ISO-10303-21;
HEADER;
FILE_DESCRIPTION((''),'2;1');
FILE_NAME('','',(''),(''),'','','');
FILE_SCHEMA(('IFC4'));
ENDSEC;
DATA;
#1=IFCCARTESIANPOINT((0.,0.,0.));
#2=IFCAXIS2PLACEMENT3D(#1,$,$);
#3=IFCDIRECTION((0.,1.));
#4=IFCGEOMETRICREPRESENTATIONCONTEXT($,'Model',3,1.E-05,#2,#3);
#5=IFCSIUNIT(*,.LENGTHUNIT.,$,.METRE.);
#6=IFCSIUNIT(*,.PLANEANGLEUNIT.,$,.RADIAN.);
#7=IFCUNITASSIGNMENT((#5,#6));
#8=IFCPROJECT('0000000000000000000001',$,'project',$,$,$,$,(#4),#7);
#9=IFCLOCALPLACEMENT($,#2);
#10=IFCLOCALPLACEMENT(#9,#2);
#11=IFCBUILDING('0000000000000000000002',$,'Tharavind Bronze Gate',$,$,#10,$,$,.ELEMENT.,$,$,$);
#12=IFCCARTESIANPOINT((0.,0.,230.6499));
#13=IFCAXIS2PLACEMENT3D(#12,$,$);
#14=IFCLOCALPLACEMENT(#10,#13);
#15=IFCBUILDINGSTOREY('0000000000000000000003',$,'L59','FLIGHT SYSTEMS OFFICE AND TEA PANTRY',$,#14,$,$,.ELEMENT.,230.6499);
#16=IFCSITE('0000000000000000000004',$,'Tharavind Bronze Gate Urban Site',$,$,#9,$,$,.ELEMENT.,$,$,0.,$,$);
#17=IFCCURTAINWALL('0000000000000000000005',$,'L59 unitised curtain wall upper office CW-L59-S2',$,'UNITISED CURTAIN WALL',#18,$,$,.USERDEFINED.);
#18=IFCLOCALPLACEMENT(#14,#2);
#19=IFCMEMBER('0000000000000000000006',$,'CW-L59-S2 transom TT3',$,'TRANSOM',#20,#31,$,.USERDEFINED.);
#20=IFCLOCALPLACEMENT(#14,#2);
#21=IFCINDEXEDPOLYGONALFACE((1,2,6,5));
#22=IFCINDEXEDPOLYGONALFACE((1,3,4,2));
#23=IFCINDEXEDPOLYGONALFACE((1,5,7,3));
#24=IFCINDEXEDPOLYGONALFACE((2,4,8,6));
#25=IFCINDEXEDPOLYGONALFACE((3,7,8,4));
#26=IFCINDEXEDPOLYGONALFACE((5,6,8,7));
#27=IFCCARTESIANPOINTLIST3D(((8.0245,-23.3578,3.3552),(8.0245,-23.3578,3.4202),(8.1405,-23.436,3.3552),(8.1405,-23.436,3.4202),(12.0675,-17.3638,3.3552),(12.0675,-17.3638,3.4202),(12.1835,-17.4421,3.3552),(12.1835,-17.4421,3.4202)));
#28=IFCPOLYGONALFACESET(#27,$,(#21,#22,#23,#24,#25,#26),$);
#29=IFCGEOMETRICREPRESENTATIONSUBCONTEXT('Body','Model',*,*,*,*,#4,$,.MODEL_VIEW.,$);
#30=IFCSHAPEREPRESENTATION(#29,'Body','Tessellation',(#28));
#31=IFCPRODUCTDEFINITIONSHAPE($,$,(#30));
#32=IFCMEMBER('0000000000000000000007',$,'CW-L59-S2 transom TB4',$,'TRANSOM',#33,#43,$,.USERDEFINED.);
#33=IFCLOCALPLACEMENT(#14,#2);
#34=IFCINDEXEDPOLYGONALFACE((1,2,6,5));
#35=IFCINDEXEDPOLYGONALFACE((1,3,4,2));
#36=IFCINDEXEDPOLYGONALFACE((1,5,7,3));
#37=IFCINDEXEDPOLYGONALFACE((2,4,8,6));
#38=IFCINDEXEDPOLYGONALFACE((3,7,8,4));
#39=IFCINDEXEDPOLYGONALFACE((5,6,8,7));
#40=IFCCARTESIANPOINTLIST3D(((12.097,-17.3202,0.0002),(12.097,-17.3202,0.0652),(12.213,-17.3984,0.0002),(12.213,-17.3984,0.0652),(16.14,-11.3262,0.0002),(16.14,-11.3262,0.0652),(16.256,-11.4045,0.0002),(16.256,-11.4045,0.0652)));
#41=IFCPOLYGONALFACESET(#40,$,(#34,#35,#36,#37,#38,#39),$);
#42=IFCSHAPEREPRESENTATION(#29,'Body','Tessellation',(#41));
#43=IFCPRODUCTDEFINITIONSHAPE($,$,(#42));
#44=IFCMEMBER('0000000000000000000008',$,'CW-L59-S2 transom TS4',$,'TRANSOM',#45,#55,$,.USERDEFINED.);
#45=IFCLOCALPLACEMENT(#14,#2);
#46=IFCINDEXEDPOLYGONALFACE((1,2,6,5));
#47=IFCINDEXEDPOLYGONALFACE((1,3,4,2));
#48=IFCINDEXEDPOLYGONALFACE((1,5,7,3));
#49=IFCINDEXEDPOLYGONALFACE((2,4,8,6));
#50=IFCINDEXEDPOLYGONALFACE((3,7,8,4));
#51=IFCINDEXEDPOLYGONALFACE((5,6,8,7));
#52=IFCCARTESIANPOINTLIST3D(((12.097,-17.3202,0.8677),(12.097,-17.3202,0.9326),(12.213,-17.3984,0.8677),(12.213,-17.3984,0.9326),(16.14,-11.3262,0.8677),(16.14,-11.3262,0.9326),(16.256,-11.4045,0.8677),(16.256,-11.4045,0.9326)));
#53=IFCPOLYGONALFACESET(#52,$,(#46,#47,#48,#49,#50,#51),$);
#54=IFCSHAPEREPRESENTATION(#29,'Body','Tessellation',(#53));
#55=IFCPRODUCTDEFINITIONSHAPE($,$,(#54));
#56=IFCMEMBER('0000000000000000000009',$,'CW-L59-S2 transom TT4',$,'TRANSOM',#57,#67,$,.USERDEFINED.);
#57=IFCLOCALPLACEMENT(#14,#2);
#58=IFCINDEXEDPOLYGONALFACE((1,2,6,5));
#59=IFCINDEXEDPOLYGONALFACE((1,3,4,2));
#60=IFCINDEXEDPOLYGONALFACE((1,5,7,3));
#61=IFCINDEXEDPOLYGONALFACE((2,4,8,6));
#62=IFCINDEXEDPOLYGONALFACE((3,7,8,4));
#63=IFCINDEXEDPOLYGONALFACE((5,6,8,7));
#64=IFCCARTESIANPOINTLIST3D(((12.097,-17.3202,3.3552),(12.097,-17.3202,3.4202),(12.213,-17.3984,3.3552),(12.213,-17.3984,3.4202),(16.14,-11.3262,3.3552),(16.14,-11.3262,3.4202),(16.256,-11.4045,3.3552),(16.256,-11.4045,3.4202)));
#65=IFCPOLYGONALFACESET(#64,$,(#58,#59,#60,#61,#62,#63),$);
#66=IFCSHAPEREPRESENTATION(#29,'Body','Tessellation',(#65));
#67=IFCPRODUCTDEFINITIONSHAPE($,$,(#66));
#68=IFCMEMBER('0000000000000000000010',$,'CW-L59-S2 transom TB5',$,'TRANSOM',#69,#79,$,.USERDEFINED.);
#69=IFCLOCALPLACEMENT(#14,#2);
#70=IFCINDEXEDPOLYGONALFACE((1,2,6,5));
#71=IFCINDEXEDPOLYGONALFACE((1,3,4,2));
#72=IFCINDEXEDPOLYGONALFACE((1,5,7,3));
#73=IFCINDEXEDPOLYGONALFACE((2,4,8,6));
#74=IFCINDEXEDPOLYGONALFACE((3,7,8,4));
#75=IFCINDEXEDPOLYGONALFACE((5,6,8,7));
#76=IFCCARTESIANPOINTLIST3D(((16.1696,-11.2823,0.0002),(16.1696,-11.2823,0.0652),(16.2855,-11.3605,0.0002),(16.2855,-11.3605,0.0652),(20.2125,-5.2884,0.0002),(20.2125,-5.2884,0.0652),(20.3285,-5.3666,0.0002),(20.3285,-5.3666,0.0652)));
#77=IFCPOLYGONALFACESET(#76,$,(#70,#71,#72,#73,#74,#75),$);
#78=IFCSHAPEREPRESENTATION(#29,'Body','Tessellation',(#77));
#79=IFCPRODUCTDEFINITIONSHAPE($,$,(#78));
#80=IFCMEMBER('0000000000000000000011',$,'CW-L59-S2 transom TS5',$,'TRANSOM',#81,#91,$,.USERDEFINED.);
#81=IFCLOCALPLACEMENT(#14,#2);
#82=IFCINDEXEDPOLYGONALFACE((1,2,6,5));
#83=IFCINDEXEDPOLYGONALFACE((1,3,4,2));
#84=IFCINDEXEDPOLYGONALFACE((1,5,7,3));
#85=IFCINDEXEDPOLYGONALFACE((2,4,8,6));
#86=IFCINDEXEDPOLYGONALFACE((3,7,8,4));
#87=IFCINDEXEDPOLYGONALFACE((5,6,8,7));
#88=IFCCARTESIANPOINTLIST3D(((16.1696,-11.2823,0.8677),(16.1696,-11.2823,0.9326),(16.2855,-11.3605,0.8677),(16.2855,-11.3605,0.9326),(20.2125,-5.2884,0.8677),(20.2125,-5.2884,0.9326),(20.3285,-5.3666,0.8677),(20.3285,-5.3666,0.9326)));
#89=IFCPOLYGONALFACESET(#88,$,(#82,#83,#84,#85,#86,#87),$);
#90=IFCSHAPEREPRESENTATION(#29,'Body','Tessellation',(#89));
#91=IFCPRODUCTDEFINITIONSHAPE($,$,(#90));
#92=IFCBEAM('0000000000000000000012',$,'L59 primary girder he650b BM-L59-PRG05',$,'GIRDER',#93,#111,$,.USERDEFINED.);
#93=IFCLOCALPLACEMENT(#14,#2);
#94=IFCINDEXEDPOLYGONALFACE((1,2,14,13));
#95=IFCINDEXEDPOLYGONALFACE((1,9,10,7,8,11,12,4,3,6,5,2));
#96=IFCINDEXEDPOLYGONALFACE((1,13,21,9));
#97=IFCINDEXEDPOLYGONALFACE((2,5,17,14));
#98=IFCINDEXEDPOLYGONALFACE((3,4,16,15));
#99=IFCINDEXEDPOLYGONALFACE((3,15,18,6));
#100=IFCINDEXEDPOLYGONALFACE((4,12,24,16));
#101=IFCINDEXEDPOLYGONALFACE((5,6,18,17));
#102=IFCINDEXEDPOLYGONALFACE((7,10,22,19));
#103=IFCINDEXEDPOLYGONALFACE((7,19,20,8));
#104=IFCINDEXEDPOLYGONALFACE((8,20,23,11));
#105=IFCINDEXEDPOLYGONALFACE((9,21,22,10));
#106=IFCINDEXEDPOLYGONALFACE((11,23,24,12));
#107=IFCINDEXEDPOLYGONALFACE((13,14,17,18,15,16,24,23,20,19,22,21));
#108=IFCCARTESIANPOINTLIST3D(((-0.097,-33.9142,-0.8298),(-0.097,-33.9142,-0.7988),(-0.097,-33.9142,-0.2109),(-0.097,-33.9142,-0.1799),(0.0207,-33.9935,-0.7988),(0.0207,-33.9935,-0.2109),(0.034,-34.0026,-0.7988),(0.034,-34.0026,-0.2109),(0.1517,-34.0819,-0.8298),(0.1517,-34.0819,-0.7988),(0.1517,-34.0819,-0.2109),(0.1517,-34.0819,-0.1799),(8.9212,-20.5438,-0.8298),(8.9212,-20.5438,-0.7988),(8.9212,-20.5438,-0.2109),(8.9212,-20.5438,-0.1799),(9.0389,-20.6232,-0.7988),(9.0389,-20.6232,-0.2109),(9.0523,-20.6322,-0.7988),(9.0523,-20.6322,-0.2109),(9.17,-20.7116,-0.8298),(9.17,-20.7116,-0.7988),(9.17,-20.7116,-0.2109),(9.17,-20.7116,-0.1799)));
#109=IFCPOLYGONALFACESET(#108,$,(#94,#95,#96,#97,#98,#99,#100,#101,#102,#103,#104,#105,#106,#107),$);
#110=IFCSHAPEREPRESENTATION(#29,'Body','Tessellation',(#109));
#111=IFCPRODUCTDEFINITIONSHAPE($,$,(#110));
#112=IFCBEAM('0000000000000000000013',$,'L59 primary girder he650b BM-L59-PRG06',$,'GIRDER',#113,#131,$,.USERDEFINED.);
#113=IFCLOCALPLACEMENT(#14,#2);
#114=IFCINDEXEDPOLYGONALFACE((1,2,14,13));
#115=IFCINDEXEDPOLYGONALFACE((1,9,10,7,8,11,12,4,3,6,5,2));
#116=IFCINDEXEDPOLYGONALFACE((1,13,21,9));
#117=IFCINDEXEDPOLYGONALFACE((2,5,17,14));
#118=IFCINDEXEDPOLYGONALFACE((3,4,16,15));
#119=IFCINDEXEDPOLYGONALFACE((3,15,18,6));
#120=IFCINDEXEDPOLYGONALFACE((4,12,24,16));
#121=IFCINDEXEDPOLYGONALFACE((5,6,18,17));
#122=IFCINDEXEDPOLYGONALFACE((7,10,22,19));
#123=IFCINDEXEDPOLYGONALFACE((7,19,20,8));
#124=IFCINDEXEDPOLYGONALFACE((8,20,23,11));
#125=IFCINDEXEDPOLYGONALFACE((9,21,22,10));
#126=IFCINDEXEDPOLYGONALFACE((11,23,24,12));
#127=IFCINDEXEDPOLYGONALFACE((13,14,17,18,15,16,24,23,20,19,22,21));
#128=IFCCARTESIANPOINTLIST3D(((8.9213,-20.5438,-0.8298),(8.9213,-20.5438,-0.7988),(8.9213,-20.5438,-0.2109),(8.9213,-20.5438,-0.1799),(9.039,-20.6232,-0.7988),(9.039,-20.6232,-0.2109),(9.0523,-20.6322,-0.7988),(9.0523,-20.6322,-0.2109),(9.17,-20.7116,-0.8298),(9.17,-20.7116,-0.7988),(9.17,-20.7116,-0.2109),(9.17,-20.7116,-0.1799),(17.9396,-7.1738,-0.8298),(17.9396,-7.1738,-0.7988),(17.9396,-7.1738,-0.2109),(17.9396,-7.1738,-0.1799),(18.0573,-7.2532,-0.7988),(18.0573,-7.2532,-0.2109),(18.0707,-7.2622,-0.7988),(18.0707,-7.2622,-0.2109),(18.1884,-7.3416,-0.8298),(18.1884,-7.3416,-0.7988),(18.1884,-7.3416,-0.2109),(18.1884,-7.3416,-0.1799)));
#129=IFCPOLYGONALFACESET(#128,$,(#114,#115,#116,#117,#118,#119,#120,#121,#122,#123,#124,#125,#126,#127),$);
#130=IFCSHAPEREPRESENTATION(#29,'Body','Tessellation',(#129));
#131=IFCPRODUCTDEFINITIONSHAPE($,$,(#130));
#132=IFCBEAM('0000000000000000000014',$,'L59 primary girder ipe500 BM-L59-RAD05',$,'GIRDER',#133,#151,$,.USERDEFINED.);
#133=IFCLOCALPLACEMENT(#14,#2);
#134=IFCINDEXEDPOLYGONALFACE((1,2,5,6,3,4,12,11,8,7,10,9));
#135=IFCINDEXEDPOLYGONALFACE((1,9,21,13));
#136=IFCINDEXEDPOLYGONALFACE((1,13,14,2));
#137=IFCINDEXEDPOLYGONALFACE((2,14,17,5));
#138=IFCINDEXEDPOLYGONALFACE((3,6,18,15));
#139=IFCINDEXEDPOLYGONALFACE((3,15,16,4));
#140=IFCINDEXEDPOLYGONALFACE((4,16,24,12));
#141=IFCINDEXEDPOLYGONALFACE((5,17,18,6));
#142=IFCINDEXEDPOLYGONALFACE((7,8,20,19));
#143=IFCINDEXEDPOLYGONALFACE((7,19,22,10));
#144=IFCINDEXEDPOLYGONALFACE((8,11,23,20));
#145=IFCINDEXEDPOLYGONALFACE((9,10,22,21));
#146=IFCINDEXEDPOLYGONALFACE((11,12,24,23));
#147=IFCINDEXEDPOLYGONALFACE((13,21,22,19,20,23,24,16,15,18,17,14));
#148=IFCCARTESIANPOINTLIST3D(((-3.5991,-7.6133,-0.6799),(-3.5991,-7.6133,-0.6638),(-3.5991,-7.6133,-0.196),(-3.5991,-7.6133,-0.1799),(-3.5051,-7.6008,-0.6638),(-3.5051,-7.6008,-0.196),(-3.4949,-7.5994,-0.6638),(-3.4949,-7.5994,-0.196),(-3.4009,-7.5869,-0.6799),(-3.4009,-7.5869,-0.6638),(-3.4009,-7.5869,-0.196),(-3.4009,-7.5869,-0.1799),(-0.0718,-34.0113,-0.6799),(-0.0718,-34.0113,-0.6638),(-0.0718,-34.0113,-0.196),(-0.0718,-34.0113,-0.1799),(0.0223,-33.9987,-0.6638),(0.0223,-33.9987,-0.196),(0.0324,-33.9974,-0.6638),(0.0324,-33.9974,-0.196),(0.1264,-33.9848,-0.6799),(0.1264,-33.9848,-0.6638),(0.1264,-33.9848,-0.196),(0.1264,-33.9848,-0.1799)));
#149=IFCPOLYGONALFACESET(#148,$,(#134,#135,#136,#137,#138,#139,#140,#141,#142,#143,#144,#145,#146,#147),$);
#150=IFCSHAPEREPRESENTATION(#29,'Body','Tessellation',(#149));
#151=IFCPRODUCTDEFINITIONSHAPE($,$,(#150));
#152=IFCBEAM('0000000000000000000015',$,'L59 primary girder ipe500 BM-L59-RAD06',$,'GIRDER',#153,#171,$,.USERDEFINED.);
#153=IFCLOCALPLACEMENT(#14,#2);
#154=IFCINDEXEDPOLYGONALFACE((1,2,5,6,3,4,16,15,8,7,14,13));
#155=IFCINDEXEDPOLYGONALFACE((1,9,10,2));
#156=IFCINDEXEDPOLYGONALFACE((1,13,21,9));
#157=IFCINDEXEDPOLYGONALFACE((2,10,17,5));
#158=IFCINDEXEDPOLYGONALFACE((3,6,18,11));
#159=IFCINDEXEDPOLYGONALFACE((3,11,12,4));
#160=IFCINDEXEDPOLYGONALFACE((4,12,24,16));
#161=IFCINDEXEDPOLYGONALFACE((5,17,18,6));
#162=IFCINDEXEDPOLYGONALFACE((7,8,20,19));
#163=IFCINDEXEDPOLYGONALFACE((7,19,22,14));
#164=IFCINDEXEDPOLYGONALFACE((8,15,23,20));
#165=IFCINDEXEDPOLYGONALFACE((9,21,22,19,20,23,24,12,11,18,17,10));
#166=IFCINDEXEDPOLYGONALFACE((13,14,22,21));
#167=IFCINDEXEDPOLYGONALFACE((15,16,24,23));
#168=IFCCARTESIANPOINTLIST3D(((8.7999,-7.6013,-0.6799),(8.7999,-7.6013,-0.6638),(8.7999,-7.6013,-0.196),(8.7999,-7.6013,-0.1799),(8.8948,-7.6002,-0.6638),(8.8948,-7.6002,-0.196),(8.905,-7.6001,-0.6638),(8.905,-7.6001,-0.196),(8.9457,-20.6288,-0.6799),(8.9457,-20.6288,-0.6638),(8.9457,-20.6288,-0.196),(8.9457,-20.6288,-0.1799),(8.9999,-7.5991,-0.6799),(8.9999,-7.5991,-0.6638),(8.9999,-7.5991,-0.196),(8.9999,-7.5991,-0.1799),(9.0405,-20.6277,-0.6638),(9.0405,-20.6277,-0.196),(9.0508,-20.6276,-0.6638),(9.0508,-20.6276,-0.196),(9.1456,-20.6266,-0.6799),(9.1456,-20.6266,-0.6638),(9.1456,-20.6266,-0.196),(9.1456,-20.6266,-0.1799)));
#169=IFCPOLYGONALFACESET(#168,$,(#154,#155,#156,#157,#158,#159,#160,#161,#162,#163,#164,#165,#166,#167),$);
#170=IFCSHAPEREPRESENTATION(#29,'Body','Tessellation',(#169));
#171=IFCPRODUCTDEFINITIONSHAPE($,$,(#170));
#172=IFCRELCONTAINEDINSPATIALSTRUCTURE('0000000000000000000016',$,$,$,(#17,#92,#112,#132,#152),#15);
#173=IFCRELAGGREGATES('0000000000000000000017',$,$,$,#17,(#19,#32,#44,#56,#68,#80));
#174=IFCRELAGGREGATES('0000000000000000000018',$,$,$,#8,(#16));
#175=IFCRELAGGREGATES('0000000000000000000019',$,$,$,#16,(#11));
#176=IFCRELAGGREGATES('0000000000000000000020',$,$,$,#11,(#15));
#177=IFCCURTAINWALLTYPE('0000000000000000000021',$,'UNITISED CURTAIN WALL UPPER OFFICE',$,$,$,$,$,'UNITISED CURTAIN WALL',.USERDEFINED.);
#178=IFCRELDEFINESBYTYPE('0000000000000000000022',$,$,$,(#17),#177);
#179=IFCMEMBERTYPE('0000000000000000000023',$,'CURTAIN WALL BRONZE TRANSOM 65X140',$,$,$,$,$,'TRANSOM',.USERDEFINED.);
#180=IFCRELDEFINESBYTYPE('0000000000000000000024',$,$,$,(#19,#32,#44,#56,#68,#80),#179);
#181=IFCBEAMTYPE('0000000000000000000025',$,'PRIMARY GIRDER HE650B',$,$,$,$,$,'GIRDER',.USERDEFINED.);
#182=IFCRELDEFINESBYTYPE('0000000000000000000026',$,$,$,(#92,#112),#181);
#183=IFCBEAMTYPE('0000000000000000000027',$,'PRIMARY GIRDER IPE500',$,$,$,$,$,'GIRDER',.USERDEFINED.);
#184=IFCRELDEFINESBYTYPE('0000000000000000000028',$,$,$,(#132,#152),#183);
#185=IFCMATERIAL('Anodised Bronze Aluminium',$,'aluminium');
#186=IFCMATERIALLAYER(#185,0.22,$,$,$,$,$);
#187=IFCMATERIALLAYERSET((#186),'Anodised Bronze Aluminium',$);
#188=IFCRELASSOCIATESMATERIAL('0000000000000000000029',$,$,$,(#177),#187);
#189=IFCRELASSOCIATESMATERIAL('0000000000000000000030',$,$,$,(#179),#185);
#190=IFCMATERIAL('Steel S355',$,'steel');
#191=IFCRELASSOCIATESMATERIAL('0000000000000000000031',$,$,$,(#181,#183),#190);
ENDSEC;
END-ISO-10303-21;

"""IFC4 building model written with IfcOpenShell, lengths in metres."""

from ifc_helpers import new_model, si_unit, direction, frame, origin, origin_2d, place, context, subcontext, project, spatial, rectangle, i_section, extrude, material, layer, layer_set, material_profile, profile_set, type_object, element, aggregate, save


model = new_model("IFC4")

# Units and contexts
model_context = context("Model", 3, precision=1e-05, world=origin(), true_north=direction((0.0, 1.0)))
body_context = subcontext(model_context, "Body", "Model", "MODEL_VIEW")
ifc_project = project(units=[si_unit("LENGTHUNIT", "METRE"), si_unit("PLANEANGLEUNIT", "RADIAN")], contexts=[model_context])

# Site, building, storey
site_placement = place(None, origin())
site = spatial("IfcSite", under=ifc_project, at=site_placement, Name="Tharavind Bronze Gate Urban Site", CompositionType="ELEMENT", RefElevation=0.0)
building_placement = place(site_placement, origin())
building = spatial("IfcBuilding", under=site, at=building_placement, Name="Tharavind Bronze Gate", CompositionType="ELEMENT")
storey_placement = place(building_placement, frame((0.0, 0.0, 230.6499)))
storey = spatial("IfcBuildingStorey", under=building, at=storey_placement, Name="L59", Description="FLIGHT SYSTEMS OFFICE AND TEA PANTRY", CompositionType="ELEMENT", Elevation=230.6499)

# Curtain wall, members
ifc_material_1 = material(Name="Anodised Bronze Aluminium", Category="aluminium")
ifc_layer_1 = layer(ifc_material_1, 0.22)
ifc_layer_set_1 = layer_set([ifc_layer_1], Name="Anodised Bronze Aluminium")
curtain_wall_type = type_object("IfcCurtainWallType", Name="UNITISED CURTAIN WALL UPPER OFFICE", ElementType="UNITISED CURTAIN WALL", PredefinedType="USERDEFINED", material=ifc_layer_set_1)
curtain_wall_placement = place(storey_placement, origin())
curtain_wall = element("IfcCurtainWall", 1, at=curtain_wall_placement, inside=storey, type_object=curtain_wall_type, Name="L59 unitised curtain wall upper office CW-L59-S2", ObjectType="UNITISED CURTAIN WALL", PredefinedType="USERDEFINED")
member_type_1 = type_object("IfcMemberType", Name="CURTAIN WALL BRONZE TRANSOM 65X140", ElementType="TRANSOM", PredefinedType="USERDEFINED", material=ifc_material_1)
member_1_placement = place(storey_placement, frame((10.104, -20.3999, 3.3552), z_axis=(0.0, 0.0, 1.0), x_axis=(0.559193, 0.829038, 0.0)))
member_1 = element("IfcMember", 2, at=member_1_placement, type_object=member_type_1, Name="CW-L59-S2 transom TT3", ObjectType="TRANSOM", PredefinedType="USERDEFINED", context=body_context, shape_type="SweptSolid", body=[
    extrude(rectangle(XDim=7.23, YDim=0.1399, at=origin_2d()), origin(), (0.0, 0.0, 1.0), 0.0649),
])
member_2_placement = place(storey_placement, frame((14.1765, -14.3623, 0.0002), z_axis=(0.0, 0.0, 1.0), x_axis=(0.559193, 0.829038, 0.0)))
member_2 = element("IfcMember", 3, at=member_2_placement, type_object=member_type_1, Name="CW-L59-S2 transom TB4", ObjectType="TRANSOM", PredefinedType="USERDEFINED", context=body_context, shape_type="SweptSolid", body=[
    extrude(rectangle(XDim=7.23, YDim=0.1399, at=origin_2d()), origin(), (0.0, 0.0, 1.0), 0.0649),
])
member_3_placement = place(storey_placement, frame((14.1765, -14.3623, 0.8677), z_axis=(0.0, 0.0, 1.0), x_axis=(0.559193, 0.829038, 0.0)))
member_3 = element("IfcMember", 4, at=member_3_placement, type_object=member_type_1, Name="CW-L59-S2 transom TS4", ObjectType="TRANSOM", PredefinedType="USERDEFINED", context=body_context, shape_type="SweptSolid", body=[
    extrude(rectangle(XDim=7.23, YDim=0.1399, at=origin_2d()), origin(), (0.0, 0.0, 1.0), 0.0649),
])
member_4_placement = place(storey_placement, frame((14.1765, -14.3623, 3.3552), z_axis=(0.0, 0.0, 1.0), x_axis=(0.559193, 0.829038, 0.0)))
member_4 = element("IfcMember", 5, at=member_4_placement, type_object=member_type_1, Name="CW-L59-S2 transom TT4", ObjectType="TRANSOM", PredefinedType="USERDEFINED", context=body_context, shape_type="SweptSolid", body=[
    extrude(rectangle(XDim=7.23, YDim=0.1399, at=origin_2d()), origin(), (0.0, 0.0, 1.0), 0.0649),
])
member_5_placement = place(storey_placement, frame((18.249, -8.3245, 0.0002), z_axis=(0.0, 0.0, 1.0), x_axis=(0.559193, 0.829038, 0.0)))
member_5 = element("IfcMember", 6, at=member_5_placement, type_object=member_type_1, Name="CW-L59-S2 transom TB5", ObjectType="TRANSOM", PredefinedType="USERDEFINED", context=body_context, shape_type="SweptSolid", body=[
    extrude(rectangle(XDim=7.23, YDim=0.1399, at=origin_2d()), origin(), (0.0, 0.0, 1.0), 0.0649),
])
member_6_placement = place(storey_placement, frame((18.249, -8.3245, 0.8677), z_axis=(0.0, 0.0, 1.0), x_axis=(0.559193, 0.829038, 0.0)))
member_6 = element("IfcMember", 7, at=member_6_placement, type_object=member_type_1, Name="CW-L59-S2 transom TS5", ObjectType="TRANSOM", PredefinedType="USERDEFINED", context=body_context, shape_type="SweptSolid", body=[
    extrude(rectangle(XDim=7.23, YDim=0.1399, at=origin_2d()), origin(), (0.0, 0.0, 1.0), 0.0649),
])

# Beams
ifc_material_2 = material(Name="Steel S355", Category="steel")
ifc_material_profile_1 = material_profile(ifc_material_2, i_section(OverallWidth=0.3, OverallDepth=0.6499, WebThickness=0.0161, FlangeThickness=0.031, at=origin_2d()), Name="HE650B")
ifc_profile_set_1 = profile_set([ifc_material_profile_1], Name="Steel S355")
beam_type_1 = type_object("IfcBeamType", Name="PRIMARY GIRDER HE650B", ElementType="GIRDER", PredefinedType="USERDEFINED", material=ifc_profile_set_1)
beam_1_placement = place(storey_placement, frame((0.0273, -33.998, -0.5049), z_axis=(0.559188, 0.829041, 0.0), x_axis=(-0.829041, 0.559188, 0.0)))
element("IfcBeam", 8, at=beam_1_placement, inside=storey, type_object=beam_type_1, Name="L59 primary girder he650b BM-L59-PRG05", ObjectType="GIRDER", PredefinedType="USERDEFINED", context=body_context, shape_type="SweptSolid", body=[
    extrude(i_section(OverallWidth=0.3, OverallDepth=0.6499, WebThickness=0.0161, FlangeThickness=0.031, at=origin_2d()), origin(), (0.0, 0.0, 1.0), 16.1274),
])
beam_2_placement = place(storey_placement, frame((9.0457, -20.6277, -0.5049), z_axis=(0.559202, 0.829031, 0.0), x_axis=(-0.829031, 0.559202, 0.0)))
element("IfcBeam", 9, at=beam_2_placement, inside=storey, type_object=beam_type_1, Name="L59 primary girder he650b BM-L59-PRG06", ObjectType="GIRDER", PredefinedType="USERDEFINED", context=body_context, shape_type="SweptSolid", body=[
    extrude(i_section(OverallWidth=0.3, OverallDepth=0.6499, WebThickness=0.0161, FlangeThickness=0.031, at=origin_2d()), origin(), (0.0, 0.0, 1.0), 16.1272),
])
ifc_material_profile_2 = material_profile(ifc_material_2, i_section(OverallWidth=0.2, OverallDepth=0.5, WebThickness=0.0103, FlangeThickness=0.0161, at=origin_2d()), Name="IPE500")
ifc_profile_set_2 = profile_set([ifc_material_profile_2], Name="Steel S355")
beam_type_2 = type_object("IfcBeamType", Name="PRIMARY GIRDER IPE500", ElementType="GIRDER", PredefinedType="USERDEFINED", material=ifc_profile_set_2)
beam_3_placement = place(storey_placement, frame((0.0273, -33.998, -0.4299), z_axis=(-0.132445, 0.99119, 0.0), x_axis=(-0.99119, -0.132445, 0.0)))
element("IfcBeam", 10, at=beam_3_placement, inside=storey, type_object=beam_type_2, Name="L59 primary girder ipe500 BM-L59-RAD05", ObjectType="GIRDER", PredefinedType="USERDEFINED", context=body_context, shape_type="SweptSolid", body=[
    extrude(i_section(OverallWidth=0.2, OverallDepth=0.5, WebThickness=0.0103, FlangeThickness=0.0161, at=origin_2d()), origin(), (0.0, 0.0, 1.0), 26.6326),
])
beam_4_placement = place(storey_placement, frame((9.0457, -20.6277, -0.4299), z_axis=(-0.011187, 0.999937, 0.0), x_axis=(-0.999937, -0.011187, 0.0)))
element("IfcBeam", 11, at=beam_4_placement, inside=storey, type_object=beam_type_2, Name="L59 primary girder ipe500 BM-L59-RAD06", ObjectType="GIRDER", PredefinedType="USERDEFINED", context=body_context, shape_type="SweptSolid", body=[
    extrude(i_section(OverallWidth=0.2, OverallDepth=0.5, WebThickness=0.0103, FlangeThickness=0.0161, at=origin_2d()), origin(), (0.0, 0.0, 1.0), 13.0283),
])

aggregate(curtain_wall, [member_1, member_2, member_3, member_4, member_5, member_6])

save(model, "model.ifc")
